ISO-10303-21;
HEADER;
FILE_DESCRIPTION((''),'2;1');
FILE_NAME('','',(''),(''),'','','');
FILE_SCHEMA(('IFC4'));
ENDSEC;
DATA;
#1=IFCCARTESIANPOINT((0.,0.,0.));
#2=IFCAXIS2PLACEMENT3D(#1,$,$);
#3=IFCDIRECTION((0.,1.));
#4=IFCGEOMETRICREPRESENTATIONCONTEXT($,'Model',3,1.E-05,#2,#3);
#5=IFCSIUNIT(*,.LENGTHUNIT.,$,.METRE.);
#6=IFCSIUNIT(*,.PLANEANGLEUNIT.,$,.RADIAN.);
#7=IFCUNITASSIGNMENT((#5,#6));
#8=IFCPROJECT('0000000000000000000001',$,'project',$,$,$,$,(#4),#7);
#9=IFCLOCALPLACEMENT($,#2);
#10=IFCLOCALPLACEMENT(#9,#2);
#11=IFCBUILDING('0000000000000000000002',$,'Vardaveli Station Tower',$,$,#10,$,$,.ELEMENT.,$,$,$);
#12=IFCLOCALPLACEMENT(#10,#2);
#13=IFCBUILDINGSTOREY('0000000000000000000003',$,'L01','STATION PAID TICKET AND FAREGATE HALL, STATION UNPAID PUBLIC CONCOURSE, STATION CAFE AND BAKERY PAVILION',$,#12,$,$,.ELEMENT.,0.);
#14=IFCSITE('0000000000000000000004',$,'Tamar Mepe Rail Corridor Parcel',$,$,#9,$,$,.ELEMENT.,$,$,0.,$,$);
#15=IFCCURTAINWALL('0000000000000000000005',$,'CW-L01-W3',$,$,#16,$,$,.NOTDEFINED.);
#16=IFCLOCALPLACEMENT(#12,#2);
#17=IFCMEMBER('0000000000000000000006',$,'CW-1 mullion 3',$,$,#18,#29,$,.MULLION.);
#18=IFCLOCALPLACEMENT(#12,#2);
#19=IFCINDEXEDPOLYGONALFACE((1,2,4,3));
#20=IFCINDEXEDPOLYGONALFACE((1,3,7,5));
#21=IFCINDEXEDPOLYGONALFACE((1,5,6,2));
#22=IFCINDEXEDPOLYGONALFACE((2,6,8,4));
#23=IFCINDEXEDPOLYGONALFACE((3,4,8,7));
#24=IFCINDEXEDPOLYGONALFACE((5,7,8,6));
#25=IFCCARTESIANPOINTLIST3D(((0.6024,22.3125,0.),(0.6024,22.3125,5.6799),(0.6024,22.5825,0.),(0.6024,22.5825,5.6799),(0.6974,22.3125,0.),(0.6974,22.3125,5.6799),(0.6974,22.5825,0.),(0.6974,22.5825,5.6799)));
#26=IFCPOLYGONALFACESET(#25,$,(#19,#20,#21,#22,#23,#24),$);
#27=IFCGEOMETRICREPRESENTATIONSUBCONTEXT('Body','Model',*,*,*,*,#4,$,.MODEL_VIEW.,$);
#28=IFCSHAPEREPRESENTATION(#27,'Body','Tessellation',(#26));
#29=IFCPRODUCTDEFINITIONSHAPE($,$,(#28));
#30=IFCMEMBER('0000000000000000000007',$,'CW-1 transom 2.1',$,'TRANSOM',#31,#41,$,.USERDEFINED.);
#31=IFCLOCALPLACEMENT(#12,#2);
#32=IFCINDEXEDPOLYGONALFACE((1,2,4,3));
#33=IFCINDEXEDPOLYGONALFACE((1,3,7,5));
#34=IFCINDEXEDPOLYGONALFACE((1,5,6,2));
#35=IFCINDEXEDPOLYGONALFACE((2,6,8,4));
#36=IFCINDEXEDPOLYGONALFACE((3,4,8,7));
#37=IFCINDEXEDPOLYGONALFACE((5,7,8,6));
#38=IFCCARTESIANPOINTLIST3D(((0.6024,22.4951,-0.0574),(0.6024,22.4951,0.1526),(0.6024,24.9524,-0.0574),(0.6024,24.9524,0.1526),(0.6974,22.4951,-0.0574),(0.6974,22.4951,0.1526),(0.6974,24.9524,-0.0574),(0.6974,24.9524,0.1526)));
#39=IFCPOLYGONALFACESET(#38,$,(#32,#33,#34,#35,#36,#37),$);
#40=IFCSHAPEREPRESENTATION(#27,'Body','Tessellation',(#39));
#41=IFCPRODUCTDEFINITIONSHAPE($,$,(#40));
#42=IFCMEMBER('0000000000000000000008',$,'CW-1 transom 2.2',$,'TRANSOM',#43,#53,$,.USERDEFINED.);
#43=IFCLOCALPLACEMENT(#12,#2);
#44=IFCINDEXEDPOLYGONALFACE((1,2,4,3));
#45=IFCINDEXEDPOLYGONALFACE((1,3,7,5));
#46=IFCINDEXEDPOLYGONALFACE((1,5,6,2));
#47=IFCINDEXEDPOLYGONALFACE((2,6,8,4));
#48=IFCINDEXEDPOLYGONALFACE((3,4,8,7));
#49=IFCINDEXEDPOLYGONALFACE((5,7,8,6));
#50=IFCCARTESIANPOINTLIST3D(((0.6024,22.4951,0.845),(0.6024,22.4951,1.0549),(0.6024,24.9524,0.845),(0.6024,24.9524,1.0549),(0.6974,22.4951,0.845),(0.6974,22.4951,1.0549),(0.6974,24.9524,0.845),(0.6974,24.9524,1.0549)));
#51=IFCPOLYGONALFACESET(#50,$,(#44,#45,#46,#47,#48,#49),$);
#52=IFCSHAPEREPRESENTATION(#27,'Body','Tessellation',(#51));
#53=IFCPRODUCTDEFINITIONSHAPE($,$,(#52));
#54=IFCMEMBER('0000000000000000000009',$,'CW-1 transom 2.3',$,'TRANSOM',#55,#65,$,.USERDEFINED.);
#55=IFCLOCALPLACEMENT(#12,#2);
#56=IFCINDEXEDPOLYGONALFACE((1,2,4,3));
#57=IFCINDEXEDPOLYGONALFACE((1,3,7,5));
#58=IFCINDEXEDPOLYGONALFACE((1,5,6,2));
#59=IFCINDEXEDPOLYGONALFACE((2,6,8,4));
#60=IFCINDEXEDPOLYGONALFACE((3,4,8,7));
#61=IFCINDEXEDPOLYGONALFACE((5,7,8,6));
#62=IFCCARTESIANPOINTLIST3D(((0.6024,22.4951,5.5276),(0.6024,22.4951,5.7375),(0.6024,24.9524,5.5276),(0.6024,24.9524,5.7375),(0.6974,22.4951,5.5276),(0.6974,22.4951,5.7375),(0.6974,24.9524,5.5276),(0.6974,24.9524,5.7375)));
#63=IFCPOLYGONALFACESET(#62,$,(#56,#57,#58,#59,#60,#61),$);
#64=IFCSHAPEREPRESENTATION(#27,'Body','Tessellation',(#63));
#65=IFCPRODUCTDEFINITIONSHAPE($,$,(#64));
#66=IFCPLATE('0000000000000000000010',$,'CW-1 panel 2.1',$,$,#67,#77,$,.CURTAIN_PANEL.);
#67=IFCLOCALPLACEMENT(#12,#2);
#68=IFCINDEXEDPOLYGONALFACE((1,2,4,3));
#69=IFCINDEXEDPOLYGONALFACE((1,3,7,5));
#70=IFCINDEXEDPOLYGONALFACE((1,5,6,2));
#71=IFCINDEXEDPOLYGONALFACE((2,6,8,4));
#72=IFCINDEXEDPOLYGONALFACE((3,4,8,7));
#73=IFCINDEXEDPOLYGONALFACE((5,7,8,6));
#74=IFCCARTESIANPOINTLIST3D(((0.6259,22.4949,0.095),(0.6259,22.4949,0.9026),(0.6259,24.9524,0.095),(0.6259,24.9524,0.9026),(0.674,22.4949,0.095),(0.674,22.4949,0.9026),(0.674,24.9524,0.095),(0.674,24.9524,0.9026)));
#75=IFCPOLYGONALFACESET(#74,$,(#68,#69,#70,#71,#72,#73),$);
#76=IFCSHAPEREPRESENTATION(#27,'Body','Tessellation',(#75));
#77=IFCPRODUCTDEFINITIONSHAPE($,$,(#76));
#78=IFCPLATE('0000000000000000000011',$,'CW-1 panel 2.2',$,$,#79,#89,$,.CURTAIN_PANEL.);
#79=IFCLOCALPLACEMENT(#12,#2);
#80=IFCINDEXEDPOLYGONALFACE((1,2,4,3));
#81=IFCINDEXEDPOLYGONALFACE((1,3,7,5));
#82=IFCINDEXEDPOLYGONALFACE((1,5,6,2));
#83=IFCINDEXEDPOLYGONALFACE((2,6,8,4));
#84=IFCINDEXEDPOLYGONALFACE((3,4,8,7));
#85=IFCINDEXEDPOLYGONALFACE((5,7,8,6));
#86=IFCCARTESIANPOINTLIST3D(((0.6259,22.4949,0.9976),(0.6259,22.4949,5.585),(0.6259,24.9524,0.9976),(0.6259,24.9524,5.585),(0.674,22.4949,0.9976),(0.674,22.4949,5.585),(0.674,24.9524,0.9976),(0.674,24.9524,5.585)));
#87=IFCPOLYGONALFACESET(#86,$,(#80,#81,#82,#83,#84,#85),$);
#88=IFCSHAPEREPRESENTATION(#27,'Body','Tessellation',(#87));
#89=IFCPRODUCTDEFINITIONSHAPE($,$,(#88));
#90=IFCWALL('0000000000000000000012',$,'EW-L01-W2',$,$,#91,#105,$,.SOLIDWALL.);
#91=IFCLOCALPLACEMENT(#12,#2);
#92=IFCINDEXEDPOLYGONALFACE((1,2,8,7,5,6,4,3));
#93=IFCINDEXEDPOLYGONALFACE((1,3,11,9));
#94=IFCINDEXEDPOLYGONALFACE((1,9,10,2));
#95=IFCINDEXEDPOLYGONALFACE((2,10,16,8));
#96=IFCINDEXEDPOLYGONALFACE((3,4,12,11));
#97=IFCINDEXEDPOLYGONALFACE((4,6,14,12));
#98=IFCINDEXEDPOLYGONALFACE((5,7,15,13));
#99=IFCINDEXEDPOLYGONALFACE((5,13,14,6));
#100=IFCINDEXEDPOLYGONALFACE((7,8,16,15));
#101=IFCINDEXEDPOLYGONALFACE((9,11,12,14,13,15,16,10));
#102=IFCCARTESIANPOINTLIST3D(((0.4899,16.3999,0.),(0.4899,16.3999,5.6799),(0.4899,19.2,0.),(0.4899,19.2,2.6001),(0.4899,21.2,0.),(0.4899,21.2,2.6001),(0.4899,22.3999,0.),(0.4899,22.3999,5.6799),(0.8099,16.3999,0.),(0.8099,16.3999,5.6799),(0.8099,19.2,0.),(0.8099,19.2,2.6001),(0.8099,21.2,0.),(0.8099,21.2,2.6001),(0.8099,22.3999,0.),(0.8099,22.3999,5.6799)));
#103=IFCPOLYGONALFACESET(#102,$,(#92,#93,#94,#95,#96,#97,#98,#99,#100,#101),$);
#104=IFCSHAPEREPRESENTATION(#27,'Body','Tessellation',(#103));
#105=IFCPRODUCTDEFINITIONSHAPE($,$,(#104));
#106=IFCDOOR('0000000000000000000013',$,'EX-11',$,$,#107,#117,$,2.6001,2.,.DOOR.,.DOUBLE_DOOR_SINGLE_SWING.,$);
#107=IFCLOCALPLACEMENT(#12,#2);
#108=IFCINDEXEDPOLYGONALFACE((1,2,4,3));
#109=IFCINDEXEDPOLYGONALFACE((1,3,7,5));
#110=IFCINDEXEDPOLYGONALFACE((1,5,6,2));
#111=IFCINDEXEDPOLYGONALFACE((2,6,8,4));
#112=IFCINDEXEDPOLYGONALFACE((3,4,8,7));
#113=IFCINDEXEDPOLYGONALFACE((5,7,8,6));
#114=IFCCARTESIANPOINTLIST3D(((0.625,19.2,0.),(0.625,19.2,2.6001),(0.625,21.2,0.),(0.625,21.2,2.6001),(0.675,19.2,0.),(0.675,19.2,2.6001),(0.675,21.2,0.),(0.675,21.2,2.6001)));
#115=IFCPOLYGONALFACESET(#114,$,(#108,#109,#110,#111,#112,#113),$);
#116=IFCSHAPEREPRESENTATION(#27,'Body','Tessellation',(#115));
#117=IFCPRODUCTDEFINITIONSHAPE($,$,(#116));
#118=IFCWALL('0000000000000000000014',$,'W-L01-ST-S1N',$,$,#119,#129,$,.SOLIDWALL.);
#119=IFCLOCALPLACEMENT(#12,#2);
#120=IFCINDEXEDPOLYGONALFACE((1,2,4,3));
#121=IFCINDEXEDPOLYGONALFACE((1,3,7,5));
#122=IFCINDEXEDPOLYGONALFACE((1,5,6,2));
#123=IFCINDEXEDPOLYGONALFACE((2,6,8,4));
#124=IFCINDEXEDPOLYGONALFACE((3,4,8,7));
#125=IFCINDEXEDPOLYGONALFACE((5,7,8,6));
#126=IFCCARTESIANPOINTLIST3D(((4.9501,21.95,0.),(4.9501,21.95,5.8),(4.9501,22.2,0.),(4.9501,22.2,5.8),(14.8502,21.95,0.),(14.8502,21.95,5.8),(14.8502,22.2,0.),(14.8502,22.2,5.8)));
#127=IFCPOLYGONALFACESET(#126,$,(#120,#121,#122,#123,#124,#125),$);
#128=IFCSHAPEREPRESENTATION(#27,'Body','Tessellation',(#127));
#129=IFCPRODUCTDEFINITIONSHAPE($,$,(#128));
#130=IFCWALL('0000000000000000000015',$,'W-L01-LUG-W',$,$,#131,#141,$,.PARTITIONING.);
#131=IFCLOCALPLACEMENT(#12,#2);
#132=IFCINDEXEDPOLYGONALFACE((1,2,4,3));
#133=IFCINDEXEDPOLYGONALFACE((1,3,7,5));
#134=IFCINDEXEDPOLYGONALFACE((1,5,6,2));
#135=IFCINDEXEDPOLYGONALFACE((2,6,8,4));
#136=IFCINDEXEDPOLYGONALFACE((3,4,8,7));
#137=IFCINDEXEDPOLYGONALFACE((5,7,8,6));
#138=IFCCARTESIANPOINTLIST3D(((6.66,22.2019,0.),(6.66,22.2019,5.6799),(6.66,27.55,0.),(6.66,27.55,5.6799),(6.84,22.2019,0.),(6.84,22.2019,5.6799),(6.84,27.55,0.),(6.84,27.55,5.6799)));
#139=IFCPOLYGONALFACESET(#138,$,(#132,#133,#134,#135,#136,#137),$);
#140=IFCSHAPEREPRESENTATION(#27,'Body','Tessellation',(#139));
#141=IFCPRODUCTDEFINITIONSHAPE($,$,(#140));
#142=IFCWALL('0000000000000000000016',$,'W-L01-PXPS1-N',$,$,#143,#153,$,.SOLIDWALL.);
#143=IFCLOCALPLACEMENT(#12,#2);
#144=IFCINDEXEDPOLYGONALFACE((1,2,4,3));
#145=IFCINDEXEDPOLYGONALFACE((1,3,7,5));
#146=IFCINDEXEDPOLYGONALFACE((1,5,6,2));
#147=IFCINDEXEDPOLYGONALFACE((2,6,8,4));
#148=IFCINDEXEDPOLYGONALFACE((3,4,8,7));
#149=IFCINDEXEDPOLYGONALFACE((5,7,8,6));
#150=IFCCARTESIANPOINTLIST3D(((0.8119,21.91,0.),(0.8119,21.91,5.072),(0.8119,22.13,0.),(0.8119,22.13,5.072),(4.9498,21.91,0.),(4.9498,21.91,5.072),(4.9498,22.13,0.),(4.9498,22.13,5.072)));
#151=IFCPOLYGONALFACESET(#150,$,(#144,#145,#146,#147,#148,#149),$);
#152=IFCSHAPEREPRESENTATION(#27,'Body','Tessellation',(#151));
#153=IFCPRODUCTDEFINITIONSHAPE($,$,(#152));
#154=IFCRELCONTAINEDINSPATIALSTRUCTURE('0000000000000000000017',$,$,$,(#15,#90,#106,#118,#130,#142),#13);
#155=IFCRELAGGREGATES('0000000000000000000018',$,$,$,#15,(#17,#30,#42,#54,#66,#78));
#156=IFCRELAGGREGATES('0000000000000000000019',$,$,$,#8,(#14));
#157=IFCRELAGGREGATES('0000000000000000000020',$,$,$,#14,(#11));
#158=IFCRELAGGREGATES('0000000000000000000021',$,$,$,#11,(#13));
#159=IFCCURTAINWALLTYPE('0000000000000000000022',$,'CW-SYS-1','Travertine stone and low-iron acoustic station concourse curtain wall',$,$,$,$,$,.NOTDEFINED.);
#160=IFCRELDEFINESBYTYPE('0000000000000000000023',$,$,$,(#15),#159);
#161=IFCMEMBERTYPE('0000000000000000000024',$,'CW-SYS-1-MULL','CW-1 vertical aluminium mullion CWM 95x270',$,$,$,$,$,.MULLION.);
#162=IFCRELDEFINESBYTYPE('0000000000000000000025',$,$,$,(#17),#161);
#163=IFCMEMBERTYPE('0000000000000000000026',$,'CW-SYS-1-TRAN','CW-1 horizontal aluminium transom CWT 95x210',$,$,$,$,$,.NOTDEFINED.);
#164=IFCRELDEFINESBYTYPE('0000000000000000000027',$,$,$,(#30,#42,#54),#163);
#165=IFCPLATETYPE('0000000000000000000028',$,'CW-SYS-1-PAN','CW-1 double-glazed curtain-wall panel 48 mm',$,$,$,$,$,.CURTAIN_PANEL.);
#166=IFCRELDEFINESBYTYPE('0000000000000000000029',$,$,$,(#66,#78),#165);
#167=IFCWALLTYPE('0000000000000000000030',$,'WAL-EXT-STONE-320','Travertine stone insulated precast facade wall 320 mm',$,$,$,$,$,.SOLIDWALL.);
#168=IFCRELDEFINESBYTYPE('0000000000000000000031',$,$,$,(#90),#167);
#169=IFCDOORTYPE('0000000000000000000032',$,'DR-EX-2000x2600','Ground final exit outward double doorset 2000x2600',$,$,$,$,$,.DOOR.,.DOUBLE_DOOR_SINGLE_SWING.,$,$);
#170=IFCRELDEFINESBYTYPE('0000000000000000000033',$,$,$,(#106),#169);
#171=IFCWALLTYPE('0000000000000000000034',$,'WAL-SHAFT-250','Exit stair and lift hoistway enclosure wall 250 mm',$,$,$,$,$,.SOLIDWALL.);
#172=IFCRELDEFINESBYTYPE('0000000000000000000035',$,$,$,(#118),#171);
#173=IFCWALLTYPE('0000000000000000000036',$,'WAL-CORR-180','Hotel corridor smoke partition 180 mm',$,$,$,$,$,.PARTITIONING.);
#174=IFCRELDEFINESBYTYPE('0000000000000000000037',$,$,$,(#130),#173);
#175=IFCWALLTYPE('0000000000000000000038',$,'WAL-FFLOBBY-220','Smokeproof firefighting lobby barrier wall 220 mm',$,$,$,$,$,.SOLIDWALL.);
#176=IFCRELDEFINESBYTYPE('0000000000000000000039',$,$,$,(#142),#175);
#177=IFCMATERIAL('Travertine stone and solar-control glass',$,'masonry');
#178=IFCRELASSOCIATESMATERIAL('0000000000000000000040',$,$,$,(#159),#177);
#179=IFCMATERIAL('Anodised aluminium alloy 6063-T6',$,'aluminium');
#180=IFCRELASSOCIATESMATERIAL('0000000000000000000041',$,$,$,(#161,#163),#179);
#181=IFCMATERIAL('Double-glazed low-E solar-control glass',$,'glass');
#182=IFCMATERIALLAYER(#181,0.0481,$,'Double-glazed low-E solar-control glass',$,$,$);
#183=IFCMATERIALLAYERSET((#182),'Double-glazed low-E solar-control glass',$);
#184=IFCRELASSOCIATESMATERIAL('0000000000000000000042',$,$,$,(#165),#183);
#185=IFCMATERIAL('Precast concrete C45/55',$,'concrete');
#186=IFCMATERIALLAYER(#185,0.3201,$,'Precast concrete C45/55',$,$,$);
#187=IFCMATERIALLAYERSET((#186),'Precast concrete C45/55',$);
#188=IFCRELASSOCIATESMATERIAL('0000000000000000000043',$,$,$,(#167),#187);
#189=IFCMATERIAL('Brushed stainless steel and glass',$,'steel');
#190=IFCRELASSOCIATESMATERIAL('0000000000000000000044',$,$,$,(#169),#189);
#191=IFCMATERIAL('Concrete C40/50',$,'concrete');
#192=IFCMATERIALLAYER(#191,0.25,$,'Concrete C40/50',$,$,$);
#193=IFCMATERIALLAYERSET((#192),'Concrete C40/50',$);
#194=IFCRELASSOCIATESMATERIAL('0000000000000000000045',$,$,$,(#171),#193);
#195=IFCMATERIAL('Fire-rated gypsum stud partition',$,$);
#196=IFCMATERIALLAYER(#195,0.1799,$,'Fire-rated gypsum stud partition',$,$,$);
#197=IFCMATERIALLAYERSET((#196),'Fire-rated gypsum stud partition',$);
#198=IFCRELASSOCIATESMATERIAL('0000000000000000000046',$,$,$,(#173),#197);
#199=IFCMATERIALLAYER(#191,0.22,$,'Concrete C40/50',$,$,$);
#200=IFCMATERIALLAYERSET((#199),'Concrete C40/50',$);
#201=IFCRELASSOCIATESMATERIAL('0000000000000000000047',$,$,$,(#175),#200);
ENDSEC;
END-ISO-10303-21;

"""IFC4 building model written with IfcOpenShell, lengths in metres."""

from ifc_helpers import new_model, si_unit, direction, frame, frame_2d, origin, origin_2d, place, context, subcontext, project, spatial, rectangle, extrude, source, transform, mapped, material, layer, layer_set, material_profile, profile_set, type_object, element, fill, aggregate, save


model = new_model("IFC4")

# Units and contexts
model_context = context("Model", 3, precision=1e-05, world=origin(), true_north=direction((0.0, 1.0)))
body_context = subcontext(model_context, "Body", "Model", "MODEL_VIEW")
ifc_project = project(units=[si_unit("LENGTHUNIT", "METRE"), si_unit("PLANEANGLEUNIT", "RADIAN")], contexts=[model_context])

# Site, building, storey
site_placement = place(None, origin())
site = spatial("IfcSite", under=ifc_project, at=site_placement, Name="Tamar Mepe Rail Corridor Parcel", CompositionType="ELEMENT", RefElevation=0.0)
building_placement = place(site_placement, origin())
building = spatial("IfcBuilding", under=site, at=building_placement, Name="Vardaveli Station Tower", CompositionType="ELEMENT")
storey_placement = place(building_placement, origin())
storey = spatial("IfcBuildingStorey", under=building, at=storey_placement, Name="L01", Description="STATION PAID TICKET AND FAREGATE HALL, STATION UNPAID PUBLIC CONCOURSE, STATION CAFE AND BAKERY PAVILION", CompositionType="ELEMENT", Elevation=0.0)

# Curtain wall, members, plates
ifc_material_1 = material(Name="Travertine stone and solar-control glass", Category="masonry")
curtain_wall_type = type_object("IfcCurtainWallType", Name="CW-SYS-1", Description="Travertine stone and low-iron acoustic station concourse curtain wall", PredefinedType="NOTDEFINED", material=ifc_material_1)
curtain_wall_placement = place(storey_placement, origin())
curtain_wall = element("IfcCurtainWall", 1, at=curtain_wall_placement, inside=storey, type_object=curtain_wall_type, Name="CW-L01-W3", PredefinedType="NOTDEFINED")
ifc_material_2 = material(Name="Anodised aluminium alloy 6063-T6", Category="aluminium")
ifc_material_profile_1 = material_profile(ifc_material_2, rectangle(XDim=0.095, YDim=0.27, at=origin_2d()), Name="CWM 95x270")
ifc_profile_set_1 = profile_set([ifc_material_profile_1], Name="Anodised aluminium alloy 6063-T6")
member_type_1 = type_object("IfcMemberType", Name="CW-SYS-1-MULL", Description="CW-1 vertical aluminium mullion CWM 95x270", PredefinedType="MULLION", material=ifc_profile_set_1)
shared_shape_1 = source(origin(), body_context, "Body", "SweptSolid", [
    extrude(rectangle(XDim=0.095, YDim=0.27, at=origin_2d()), origin(), (0.0, 0.0, 1.0), 5.6799),
])
member_1_placement = place(storey_placement, frame((0.6499, 22.4475, 0.0), z_axis=(0.0, 0.0, 1.0), x_axis=(1.0, 0.0, 0.0)))
member_1 = element("IfcMember", 2, at=member_1_placement, type_object=member_type_1, Name="CW-1 mullion 3", PredefinedType="MULLION", context=body_context, shape_type="MappedRepresentation", body=[
    mapped(shared_shape_1, transform((0.0, 0.0, 0.0), scale=1.0)),
])
ifc_material_profile_2 = material_profile(ifc_material_2, rectangle(XDim=0.095, YDim=0.21, at=origin_2d()), Name="CWT 95x210")
ifc_profile_set_2 = profile_set([ifc_material_profile_2], Name="Anodised aluminium alloy 6063-T6")
member_type_2 = type_object("IfcMemberType", Name="CW-SYS-1-TRAN", Description="CW-1 horizontal aluminium transom CWT 95x210", PredefinedType="NOTDEFINED", material=ifc_profile_set_2)
shared_shape_2 = source(origin(), body_context, "Body", "SweptSolid", [
    extrude(rectangle(XDim=0.095, YDim=0.21, at=origin_2d()), origin(), (0.0, 0.0, 1.0), 2.4573),
])
member_2_placement = place(storey_placement, frame((0.6499, 24.9524, 0.0476), z_axis=(0.0, -1.0, 0.0), x_axis=(1.0, 0.0, 0.0)))
member_2 = element("IfcMember", 3, at=member_2_placement, type_object=member_type_2, Name="CW-1 transom 2.1", ObjectType="TRANSOM", PredefinedType="USERDEFINED", context=body_context, shape_type="MappedRepresentation", body=[
    mapped(shared_shape_2, transform((0.0, 0.0, 0.0), scale=1.0)),
])
member_3_placement = place(storey_placement, frame((0.6499, 24.9524, 0.95), z_axis=(0.0, -1.0, 0.0), x_axis=(1.0, 0.0, 0.0)))
member_3 = element("IfcMember", 4, at=member_3_placement, type_object=member_type_2, Name="CW-1 transom 2.2", ObjectType="TRANSOM", PredefinedType="USERDEFINED", context=body_context, shape_type="MappedRepresentation", body=[
    mapped(shared_shape_2, transform((0.0, 0.0, 0.0), scale=1.0)),
])
member_4_placement = place(storey_placement, frame((0.6499, 24.9524, 5.6326), z_axis=(0.0, -1.0, 0.0), x_axis=(1.0, 0.0, 0.0)))
member_4 = element("IfcMember", 5, at=member_4_placement, type_object=member_type_2, Name="CW-1 transom 2.3", ObjectType="TRANSOM", PredefinedType="USERDEFINED", context=body_context, shape_type="MappedRepresentation", body=[
    mapped(shared_shape_2, transform((0.0, 0.0, 0.0), scale=1.0)),
])
ifc_material_3 = material(Name="Double-glazed low-E solar-control glass", Category="glass")
ifc_layer_1 = layer(ifc_material_3, 0.0481, Name="Double-glazed low-E solar-control glass")
ifc_layer_set_1 = layer_set([ifc_layer_1], Name="Double-glazed low-E solar-control glass")
plate_type = type_object("IfcPlateType", Name="CW-SYS-1-PAN", Description="CW-1 double-glazed curtain-wall panel 48 mm", PredefinedType="CURTAIN_PANEL", material=ifc_layer_set_1)
shared_shape_3 = source(origin(), body_context, "Body", "SweptSolid", [
    extrude(rectangle(XDim=2.4575, YDim=0.0481, at=origin_2d()), origin(), (0.0, 0.0, 1.0), 0.8076),
])
plate_1_placement = place(storey_placement, frame((0.6499, 23.7236, 0.095), z_axis=(0.0, 0.0, 1.0), x_axis=(0.0, -1.0, 0.0)))
plate_1 = element("IfcPlate", 6, at=plate_1_placement, type_object=plate_type, Name="CW-1 panel 2.1", PredefinedType="CURTAIN_PANEL", context=body_context, shape_type="MappedRepresentation", body=[
    mapped(shared_shape_3, transform((0.0, 0.0, 0.0), scale=1.0)),
])
shared_shape_4 = source(origin(), body_context, "Body", "SweptSolid", [
    extrude(rectangle(XDim=2.4575, YDim=0.0481, at=origin_2d()), origin(), (0.0, 0.0, 1.0), 4.5874),
])
plate_2_placement = place(storey_placement, frame((0.6499, 23.7236, 0.9976), z_axis=(0.0, 0.0, 1.0), x_axis=(0.0, -1.0, 0.0)))
plate_2 = element("IfcPlate", 7, at=plate_2_placement, type_object=plate_type, Name="CW-1 panel 2.2", PredefinedType="CURTAIN_PANEL", context=body_context, shape_type="MappedRepresentation", body=[
    mapped(shared_shape_4, transform((0.0, 0.0, 0.0), scale=1.0)),
])
aggregate(curtain_wall, [member_1, member_2, member_3, member_4, plate_1, plate_2])

# Wall, opening, door
ifc_material_4 = material(Name="Precast concrete C45/55", Category="concrete")
ifc_layer_2 = layer(ifc_material_4, 0.3201, Name="Precast concrete C45/55")
ifc_layer_set_2 = layer_set([ifc_layer_2], Name="Precast concrete C45/55")
wall_type_1 = type_object("IfcWallType", Name="WAL-EXT-STONE-320", Description="Travertine stone insulated precast facade wall 320 mm", PredefinedType="SOLIDWALL", material=ifc_layer_set_2)
shared_shape_5 = source(origin(), body_context, "Body", "SweptSolid", [
    extrude(rectangle(XDim=6.0, YDim=0.3201, at=frame_2d((3.0, 0.0))), origin(), (0.0, 0.0, 1.0), 5.6799),
])
wall_1_placement = place(storey_placement, frame((0.6499, 22.3999, 0.0), z_axis=(0.0, 0.0, 1.0), x_axis=(0.0, -1.0, 0.0)))
wall_1 = element("IfcWall", 8, at=wall_1_placement, inside=storey, type_object=wall_type_1, Name="EW-L01-W2", PredefinedType="SOLIDWALL", context=body_context, shape_type="MappedRepresentation", body=[
    mapped(shared_shape_5, transform((0.0, 0.0, 0.0), scale=1.0)),
])
shared_shape_6 = source(origin(), body_context, "Body", "SweptSolid", [
    extrude(rectangle(XDim=2.0, YDim=2.6001, at=frame_2d((1.0, 1.3))), frame((0.0, 0.1699, 0.0), z_axis=(0.0, -1.0, 0.0), x_axis=(1.0, 0.0, 0.0)), (0.0, 0.0, 1.0), 0.3401),
])
opening_placement = place(wall_1_placement, frame((1.2, 0.0, 0.0)))
opening = element("IfcOpeningElement", 9, at=opening_placement, cuts=wall_1, PredefinedType="OPENING", context=body_context, shape_type="MappedRepresentation", body=[
    mapped(shared_shape_6, transform((0.0, 0.0, 0.0), scale=1.0)),
])
ifc_material_5 = material(Name="Brushed stainless steel and glass", Category="steel")
door_type = type_object("IfcDoorType", Name="DR-EX-2000x2600", Description="Ground final exit outward double doorset 2000x2600", OperationType="DOUBLE_DOOR_SINGLE_SWING", PredefinedType="DOOR", material=ifc_material_5)
shared_shape_7 = source(origin(), body_context, "Body", "SweptSolid", [
    extrude(rectangle(XDim=2.0, YDim=2.6001, at=frame_2d((1.0, 1.3))), frame((0.0, 0.0249, 0.0), z_axis=(0.0, -1.0, 0.0), x_axis=(1.0, 0.0, 0.0)), (0.0, 0.0, 1.0), 0.05),
])
door_placement = place(opening_placement, frame((2.0, 0.0, 0.0), z_axis=(0.0, 0.0, 1.0), x_axis=(-1.0, 0.0, 0.0)))
door = element("IfcDoor", 10, at=door_placement, inside=storey, type_object=door_type, Name="EX-11", OperationType="DOUBLE_DOOR_SINGLE_SWING", OverallHeight=2.6001, OverallWidth=2.0, PredefinedType="DOOR", context=body_context, shape_type="MappedRepresentation", body=[
    mapped(shared_shape_7, transform((0.0, 0.0, 0.0), scale=1.0)),
])
fill(opening, door)

# Walls
ifc_material_6 = material(Name="Concrete C40/50", Category="concrete")
ifc_layer_3 = layer(ifc_material_6, 0.25, Name="Concrete C40/50")
ifc_layer_set_3 = layer_set([ifc_layer_3], Name="Concrete C40/50")
wall_type_2 = type_object("IfcWallType", Name="WAL-SHAFT-250", Description="Exit stair and lift hoistway enclosure wall 250 mm", PredefinedType="SOLIDWALL", material=ifc_layer_set_3)
shared_shape_8 = source(origin(), body_context, "Body", "SweptSolid", [
    extrude(rectangle(XDim=9.9001, YDim=0.25, at=frame_2d((4.9502, 0.0))), origin(), (0.0, 0.0, 1.0), 5.8),
])
wall_2_placement = place(storey_placement, frame((4.95, 22.075, 0.0), z_axis=(0.0, 0.0, 1.0), x_axis=(1.0, 0.0, 0.0)))
element("IfcWall", 11, at=wall_2_placement, inside=storey, type_object=wall_type_2, Name="W-L01-ST-S1N", PredefinedType="SOLIDWALL", context=body_context, shape_type="MappedRepresentation", body=[
    mapped(shared_shape_8, transform((0.0, 0.0, 0.0), scale=1.0)),
])
ifc_material_7 = material(Name="Fire-rated gypsum stud partition")
ifc_layer_4 = layer(ifc_material_7, 0.1799, Name="Fire-rated gypsum stud partition")
ifc_layer_set_4 = layer_set([ifc_layer_4], Name="Fire-rated gypsum stud partition")
wall_type_3 = type_object("IfcWallType", Name="WAL-CORR-180", Description="Hotel corridor smoke partition 180 mm", PredefinedType="PARTITIONING", material=ifc_layer_set_4)
shared_shape_9 = source(origin(), body_context, "Body", "SweptSolid", [
    extrude(rectangle(XDim=5.3481, YDim=0.1799, at=frame_2d((2.6741, 0.0))), origin(), (0.0, 0.0, 1.0), 5.6799),
])
wall_3_placement = place(storey_placement, frame((6.75, 22.2019, 0.0), z_axis=(0.0, 0.0, 1.0), x_axis=(0.0, 1.0, 0.0)))
element("IfcWall", 12, at=wall_3_placement, inside=storey, type_object=wall_type_3, Name="W-L01-LUG-W", PredefinedType="PARTITIONING", context=body_context, shape_type="MappedRepresentation", body=[
    mapped(shared_shape_9, transform((0.0, 0.0, 0.0), scale=1.0)),
])
ifc_layer_5 = layer(ifc_material_6, 0.22, Name="Concrete C40/50")
ifc_layer_set_5 = layer_set([ifc_layer_5], Name="Concrete C40/50")
wall_type_4 = type_object("IfcWallType", Name="WAL-FFLOBBY-220", Description="Smokeproof firefighting lobby barrier wall 220 mm", PredefinedType="SOLIDWALL", material=ifc_layer_set_5)
shared_shape_10 = source(origin(), body_context, "Body", "SweptSolid", [
    extrude(rectangle(XDim=4.1379, YDim=0.22, at=frame_2d((2.0688, 0.0))), origin(), (0.0, 0.0, 1.0), 5.072),
])
wall_4_placement = place(storey_placement, frame((0.812, 22.02, 0.0), z_axis=(0.0, 0.0, 1.0), x_axis=(1.0, 0.0, 0.0)))
element("IfcWall", 13, at=wall_4_placement, inside=storey, type_object=wall_type_4, Name="W-L01-PXPS1-N", PredefinedType="SOLIDWALL", context=body_context, shape_type="MappedRepresentation", body=[
    mapped(shared_shape_10, transform((0.0, 0.0, 0.0), scale=1.0)),
])

save(model, "model.ifc")
